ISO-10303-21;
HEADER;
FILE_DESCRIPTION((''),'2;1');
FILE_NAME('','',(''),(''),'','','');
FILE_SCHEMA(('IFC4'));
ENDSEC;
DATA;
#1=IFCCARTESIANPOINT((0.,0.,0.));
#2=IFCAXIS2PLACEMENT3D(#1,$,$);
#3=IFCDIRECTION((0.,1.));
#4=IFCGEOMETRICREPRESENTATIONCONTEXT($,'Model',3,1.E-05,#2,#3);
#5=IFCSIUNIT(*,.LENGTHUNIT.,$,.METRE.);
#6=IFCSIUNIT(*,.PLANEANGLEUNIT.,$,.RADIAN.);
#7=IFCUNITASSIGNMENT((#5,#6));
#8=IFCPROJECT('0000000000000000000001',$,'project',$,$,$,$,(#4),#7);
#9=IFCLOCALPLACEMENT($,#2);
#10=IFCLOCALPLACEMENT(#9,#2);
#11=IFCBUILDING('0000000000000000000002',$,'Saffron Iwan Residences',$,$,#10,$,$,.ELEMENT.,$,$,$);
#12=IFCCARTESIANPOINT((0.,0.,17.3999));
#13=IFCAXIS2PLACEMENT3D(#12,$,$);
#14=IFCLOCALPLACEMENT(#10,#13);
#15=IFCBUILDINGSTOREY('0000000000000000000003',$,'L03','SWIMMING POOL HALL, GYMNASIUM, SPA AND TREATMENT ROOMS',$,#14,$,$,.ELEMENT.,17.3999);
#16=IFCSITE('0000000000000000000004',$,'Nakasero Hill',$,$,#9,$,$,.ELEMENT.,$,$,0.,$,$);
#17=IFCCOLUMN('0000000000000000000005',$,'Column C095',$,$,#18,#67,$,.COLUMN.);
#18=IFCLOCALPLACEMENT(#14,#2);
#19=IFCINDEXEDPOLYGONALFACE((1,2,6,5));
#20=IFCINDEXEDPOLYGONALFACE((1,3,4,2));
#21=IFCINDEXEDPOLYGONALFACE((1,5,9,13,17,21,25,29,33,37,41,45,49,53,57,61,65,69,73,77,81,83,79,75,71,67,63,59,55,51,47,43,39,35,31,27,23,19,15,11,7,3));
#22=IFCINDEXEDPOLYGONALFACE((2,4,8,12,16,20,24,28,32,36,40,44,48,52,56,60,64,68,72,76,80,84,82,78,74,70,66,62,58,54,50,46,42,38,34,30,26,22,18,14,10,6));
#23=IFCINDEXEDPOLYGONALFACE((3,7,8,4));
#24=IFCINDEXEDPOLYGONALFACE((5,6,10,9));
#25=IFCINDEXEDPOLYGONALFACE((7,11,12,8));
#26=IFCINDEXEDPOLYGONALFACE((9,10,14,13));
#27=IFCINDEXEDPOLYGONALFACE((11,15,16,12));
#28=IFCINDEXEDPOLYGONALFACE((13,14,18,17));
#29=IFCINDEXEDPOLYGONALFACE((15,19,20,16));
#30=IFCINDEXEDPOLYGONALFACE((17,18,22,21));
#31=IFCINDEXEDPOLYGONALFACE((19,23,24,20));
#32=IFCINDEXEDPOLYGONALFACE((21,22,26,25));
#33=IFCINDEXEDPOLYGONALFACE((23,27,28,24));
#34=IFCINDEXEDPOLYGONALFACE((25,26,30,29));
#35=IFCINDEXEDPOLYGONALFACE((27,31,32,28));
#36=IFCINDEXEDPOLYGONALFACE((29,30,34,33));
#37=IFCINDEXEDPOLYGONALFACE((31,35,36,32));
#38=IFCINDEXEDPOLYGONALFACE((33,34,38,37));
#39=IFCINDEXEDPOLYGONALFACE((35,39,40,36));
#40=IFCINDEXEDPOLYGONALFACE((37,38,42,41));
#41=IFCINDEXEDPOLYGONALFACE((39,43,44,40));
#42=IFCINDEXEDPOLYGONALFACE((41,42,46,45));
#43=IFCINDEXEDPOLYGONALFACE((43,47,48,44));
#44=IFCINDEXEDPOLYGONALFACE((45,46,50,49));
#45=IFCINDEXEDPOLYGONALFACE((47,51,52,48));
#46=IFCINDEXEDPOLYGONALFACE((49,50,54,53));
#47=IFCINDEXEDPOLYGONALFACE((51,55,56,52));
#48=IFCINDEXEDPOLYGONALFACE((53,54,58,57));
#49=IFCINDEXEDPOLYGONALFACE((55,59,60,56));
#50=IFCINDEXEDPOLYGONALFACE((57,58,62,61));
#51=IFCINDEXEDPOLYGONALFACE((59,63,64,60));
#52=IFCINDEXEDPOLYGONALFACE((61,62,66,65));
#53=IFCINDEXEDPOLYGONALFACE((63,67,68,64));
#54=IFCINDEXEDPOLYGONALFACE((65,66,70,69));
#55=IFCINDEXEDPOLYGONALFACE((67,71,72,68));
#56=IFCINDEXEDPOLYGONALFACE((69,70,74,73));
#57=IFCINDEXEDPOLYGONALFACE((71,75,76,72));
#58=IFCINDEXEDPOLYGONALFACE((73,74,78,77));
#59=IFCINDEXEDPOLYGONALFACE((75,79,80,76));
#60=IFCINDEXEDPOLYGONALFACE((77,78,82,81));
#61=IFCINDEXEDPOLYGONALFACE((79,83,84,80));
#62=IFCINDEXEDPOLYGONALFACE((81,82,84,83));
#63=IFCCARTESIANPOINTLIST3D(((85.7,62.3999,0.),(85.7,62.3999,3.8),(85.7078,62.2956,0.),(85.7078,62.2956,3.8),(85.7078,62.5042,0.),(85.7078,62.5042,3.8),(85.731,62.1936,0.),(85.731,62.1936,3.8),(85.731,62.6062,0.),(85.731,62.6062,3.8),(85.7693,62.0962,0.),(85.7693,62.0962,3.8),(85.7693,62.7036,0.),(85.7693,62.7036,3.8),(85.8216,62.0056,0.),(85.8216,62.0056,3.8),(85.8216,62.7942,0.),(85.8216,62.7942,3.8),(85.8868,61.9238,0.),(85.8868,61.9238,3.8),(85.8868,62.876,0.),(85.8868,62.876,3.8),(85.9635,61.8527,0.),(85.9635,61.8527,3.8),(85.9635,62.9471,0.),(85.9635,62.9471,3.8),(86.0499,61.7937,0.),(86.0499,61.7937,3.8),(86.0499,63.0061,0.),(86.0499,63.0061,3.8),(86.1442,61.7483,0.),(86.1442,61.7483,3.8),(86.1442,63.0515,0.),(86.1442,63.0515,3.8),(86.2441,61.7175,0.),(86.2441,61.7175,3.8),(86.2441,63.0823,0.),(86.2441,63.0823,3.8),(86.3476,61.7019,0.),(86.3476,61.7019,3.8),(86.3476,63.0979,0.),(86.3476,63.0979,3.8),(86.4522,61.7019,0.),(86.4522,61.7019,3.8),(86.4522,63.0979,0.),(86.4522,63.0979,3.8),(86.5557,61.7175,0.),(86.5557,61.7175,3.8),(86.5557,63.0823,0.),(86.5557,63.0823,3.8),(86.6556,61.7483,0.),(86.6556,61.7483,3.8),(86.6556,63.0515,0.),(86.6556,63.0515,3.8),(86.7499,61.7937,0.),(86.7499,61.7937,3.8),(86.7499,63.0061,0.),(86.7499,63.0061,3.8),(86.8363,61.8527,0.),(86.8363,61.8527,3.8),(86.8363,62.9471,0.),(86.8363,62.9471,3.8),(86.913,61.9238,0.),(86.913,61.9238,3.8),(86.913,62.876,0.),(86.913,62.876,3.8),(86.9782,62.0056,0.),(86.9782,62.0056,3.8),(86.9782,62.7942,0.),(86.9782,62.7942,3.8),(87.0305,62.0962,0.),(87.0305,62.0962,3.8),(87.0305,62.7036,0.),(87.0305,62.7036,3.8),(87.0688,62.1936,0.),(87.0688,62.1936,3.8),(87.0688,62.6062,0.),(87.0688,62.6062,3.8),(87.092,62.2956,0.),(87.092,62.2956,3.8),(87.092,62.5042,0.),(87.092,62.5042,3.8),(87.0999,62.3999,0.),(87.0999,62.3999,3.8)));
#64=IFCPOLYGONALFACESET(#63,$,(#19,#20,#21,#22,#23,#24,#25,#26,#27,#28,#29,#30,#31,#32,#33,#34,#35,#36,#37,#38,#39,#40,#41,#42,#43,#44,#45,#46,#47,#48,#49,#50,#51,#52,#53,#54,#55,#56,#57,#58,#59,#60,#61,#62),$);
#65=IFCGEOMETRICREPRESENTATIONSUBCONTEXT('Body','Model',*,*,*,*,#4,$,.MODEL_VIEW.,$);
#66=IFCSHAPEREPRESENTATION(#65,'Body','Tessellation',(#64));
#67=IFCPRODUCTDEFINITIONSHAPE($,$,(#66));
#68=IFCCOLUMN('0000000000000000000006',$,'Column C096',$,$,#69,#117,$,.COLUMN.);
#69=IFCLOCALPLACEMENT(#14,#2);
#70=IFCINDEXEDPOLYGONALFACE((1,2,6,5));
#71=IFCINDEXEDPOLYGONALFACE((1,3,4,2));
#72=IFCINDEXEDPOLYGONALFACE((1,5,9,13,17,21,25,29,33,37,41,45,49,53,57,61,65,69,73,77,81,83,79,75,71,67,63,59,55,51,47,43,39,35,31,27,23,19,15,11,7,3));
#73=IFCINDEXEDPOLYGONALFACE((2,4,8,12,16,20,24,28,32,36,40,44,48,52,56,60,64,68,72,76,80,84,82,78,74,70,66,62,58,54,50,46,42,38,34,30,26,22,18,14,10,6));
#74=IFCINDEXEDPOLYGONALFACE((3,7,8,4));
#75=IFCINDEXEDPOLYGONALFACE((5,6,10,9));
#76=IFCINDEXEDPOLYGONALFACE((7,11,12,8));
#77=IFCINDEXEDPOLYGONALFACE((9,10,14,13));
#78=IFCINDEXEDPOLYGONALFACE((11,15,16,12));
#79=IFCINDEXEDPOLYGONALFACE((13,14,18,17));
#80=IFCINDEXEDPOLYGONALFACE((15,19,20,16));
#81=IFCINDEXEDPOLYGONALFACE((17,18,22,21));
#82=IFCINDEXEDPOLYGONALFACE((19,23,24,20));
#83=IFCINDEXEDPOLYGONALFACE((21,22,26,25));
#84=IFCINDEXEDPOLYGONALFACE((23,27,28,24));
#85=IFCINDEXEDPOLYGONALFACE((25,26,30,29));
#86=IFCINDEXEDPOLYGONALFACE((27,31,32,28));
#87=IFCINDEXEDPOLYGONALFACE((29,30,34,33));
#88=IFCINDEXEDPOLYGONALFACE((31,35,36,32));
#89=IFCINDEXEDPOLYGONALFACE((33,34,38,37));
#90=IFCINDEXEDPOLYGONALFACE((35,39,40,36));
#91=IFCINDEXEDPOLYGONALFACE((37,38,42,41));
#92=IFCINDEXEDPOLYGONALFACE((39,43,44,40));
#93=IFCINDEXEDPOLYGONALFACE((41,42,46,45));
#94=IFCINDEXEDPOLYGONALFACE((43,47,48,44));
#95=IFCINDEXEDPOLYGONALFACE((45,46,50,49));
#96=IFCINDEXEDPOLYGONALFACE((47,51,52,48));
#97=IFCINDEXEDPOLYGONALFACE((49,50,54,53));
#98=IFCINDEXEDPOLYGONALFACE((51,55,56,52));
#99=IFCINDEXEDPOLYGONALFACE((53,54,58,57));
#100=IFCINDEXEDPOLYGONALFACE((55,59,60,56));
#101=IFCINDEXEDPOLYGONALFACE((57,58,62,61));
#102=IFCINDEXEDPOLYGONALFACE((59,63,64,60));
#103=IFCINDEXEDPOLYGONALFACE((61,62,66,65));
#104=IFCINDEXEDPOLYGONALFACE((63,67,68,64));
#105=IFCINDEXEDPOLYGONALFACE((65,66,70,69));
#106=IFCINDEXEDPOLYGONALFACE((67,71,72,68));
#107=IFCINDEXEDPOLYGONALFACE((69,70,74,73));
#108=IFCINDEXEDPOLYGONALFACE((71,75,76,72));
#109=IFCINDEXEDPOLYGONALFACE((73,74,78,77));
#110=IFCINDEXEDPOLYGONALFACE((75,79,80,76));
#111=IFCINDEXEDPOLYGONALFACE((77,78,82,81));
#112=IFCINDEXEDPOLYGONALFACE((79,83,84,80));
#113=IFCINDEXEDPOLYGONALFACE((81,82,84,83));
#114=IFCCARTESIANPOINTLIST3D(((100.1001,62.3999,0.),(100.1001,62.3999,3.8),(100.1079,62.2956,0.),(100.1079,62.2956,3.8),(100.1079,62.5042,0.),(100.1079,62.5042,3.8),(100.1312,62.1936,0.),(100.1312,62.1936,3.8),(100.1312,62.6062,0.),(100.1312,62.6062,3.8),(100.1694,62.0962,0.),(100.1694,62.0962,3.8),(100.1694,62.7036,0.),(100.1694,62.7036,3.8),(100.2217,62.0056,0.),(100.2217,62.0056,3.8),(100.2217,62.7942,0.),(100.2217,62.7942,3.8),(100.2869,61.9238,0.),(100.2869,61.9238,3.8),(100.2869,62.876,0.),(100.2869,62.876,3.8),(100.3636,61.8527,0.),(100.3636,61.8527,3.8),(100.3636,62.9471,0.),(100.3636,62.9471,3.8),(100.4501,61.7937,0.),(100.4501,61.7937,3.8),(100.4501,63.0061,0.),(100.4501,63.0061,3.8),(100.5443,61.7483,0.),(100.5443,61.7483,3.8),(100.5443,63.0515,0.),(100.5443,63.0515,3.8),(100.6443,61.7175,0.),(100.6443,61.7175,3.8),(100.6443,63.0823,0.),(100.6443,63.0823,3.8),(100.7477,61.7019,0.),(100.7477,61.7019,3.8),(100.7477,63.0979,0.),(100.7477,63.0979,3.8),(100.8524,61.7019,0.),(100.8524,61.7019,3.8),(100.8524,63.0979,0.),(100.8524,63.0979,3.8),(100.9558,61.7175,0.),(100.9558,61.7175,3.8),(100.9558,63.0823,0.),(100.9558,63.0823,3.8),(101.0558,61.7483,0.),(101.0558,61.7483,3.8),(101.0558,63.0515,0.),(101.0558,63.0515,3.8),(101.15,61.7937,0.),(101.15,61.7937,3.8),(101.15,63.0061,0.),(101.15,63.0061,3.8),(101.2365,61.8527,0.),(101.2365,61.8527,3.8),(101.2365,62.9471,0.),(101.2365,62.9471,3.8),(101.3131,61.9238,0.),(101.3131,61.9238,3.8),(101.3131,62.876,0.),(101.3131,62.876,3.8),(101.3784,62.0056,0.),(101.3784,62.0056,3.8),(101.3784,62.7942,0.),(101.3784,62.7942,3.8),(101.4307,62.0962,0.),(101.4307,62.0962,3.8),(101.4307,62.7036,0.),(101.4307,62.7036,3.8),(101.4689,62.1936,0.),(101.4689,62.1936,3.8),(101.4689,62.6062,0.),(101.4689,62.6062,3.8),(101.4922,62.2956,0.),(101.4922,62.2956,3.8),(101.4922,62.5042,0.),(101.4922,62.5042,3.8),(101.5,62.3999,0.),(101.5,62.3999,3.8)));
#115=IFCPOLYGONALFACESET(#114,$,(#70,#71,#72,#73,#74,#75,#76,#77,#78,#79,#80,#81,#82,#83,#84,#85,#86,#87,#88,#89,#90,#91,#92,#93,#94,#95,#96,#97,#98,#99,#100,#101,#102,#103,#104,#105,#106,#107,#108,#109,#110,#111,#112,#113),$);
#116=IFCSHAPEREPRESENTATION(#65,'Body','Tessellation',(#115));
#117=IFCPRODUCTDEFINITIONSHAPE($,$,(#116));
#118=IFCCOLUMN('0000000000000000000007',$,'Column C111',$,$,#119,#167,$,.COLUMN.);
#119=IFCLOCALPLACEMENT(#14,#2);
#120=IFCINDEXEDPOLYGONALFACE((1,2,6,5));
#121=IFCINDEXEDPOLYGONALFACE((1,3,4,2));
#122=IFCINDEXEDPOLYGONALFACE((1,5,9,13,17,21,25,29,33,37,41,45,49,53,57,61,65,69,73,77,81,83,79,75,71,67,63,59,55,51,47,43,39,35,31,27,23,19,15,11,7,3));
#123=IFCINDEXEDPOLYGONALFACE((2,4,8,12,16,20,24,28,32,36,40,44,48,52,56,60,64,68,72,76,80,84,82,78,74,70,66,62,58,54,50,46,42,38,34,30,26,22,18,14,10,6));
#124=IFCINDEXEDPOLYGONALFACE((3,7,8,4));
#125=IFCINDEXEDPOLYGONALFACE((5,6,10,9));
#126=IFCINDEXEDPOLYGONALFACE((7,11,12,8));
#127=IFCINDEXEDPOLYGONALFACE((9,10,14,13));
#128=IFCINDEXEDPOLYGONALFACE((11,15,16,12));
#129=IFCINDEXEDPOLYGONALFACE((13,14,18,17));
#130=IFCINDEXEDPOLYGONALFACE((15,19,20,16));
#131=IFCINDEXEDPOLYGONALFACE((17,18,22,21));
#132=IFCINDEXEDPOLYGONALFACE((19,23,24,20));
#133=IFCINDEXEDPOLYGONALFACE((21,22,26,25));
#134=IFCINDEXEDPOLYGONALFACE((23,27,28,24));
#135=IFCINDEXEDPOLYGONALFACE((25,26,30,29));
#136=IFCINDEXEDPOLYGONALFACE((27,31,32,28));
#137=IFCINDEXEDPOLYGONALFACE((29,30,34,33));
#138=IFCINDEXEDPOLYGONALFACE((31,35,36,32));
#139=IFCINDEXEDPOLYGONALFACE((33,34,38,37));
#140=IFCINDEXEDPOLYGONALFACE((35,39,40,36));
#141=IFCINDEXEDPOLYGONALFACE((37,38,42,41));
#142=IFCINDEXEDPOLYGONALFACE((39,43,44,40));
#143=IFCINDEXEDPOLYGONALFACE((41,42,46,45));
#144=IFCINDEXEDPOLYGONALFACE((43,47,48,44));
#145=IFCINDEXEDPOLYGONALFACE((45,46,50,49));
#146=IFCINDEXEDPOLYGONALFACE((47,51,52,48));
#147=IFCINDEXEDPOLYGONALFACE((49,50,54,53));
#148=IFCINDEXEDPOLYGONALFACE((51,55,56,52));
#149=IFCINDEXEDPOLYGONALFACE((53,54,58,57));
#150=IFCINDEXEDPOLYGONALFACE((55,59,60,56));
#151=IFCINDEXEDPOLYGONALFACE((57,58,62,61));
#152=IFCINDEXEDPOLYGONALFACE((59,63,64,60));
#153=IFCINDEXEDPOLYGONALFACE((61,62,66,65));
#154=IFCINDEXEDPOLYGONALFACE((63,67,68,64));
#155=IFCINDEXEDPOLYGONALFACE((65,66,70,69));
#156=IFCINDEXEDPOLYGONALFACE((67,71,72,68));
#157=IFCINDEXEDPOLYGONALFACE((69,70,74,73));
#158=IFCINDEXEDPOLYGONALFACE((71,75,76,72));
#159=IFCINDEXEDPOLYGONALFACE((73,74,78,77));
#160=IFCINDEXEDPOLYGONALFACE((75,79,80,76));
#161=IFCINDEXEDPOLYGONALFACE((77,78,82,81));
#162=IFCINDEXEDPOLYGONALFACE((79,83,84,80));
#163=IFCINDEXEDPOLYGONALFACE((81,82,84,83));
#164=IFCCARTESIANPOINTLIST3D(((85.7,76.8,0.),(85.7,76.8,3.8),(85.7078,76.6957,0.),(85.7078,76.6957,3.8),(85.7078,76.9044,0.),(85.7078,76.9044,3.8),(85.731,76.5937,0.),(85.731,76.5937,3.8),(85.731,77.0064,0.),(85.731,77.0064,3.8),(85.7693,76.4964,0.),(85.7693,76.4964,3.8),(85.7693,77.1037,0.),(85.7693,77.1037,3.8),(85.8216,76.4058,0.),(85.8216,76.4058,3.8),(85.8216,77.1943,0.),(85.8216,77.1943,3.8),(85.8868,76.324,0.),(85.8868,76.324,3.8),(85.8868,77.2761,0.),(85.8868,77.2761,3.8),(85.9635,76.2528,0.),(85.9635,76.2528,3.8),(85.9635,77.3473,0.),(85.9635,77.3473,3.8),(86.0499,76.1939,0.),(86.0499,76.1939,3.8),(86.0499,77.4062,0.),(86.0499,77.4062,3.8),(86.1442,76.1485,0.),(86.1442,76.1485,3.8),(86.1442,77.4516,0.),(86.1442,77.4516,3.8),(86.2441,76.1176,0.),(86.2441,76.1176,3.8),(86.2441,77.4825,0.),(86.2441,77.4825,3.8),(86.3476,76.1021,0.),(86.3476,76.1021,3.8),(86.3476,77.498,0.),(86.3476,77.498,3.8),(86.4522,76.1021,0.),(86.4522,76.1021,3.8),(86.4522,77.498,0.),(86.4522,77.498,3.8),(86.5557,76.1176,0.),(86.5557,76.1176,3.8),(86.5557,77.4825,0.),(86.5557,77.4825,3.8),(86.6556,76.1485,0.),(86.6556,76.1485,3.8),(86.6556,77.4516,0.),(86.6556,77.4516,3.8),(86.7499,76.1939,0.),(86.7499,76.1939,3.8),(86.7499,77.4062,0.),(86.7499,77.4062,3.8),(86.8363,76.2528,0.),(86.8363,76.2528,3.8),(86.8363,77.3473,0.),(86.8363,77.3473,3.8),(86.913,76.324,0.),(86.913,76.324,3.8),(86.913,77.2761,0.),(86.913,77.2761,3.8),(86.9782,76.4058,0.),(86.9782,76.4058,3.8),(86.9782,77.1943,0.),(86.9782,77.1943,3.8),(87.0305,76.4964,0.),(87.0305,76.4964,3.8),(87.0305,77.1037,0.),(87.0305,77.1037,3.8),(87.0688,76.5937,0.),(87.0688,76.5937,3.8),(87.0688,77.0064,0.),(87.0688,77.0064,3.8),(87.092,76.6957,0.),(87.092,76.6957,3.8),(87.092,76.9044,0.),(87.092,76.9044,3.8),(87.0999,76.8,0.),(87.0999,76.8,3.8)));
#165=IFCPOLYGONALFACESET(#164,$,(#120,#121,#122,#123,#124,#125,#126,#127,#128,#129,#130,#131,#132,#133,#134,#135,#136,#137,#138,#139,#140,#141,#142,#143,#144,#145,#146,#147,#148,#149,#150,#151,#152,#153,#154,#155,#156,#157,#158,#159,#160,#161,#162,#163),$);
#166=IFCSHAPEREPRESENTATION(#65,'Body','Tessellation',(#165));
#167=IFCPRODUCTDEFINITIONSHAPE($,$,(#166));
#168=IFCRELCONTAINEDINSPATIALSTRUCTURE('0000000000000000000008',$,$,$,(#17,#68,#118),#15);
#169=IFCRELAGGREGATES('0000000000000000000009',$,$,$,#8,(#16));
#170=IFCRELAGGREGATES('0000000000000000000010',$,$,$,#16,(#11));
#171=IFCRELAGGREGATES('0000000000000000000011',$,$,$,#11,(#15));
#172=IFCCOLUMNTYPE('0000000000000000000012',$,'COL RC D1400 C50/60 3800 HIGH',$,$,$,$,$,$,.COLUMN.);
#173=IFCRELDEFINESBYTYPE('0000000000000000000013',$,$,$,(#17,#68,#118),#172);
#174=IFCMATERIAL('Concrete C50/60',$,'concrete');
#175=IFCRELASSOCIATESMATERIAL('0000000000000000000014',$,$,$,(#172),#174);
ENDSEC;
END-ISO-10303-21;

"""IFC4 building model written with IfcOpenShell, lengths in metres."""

from ifc_helpers import new_model, si_unit, direction, frame, origin, origin_2d, place, context, subcontext, project, spatial, circle, extrude, source, transform, mapped, material, material_profile, profile_set, type_object, element, save


model = new_model("IFC4")

# Units and contexts
model_context = context("Model", 3, precision=1e-05, world=origin(), true_north=direction((0.0, 1.0)))
body_context = subcontext(model_context, "Body", "Model", "MODEL_VIEW")
ifc_project = project(units=[si_unit("LENGTHUNIT", "METRE"), si_unit("PLANEANGLEUNIT", "RADIAN")], contexts=[model_context])

# Site, building, storey
site_placement = place(None, origin())
site = spatial("IfcSite", under=ifc_project, at=site_placement, Name="Nakasero Hill", CompositionType="ELEMENT", RefElevation=0.0)
building_placement = place(site_placement, origin())
building = spatial("IfcBuilding", under=site, at=building_placement, Name="Saffron Iwan Residences", CompositionType="ELEMENT")
storey_placement = place(building_placement, frame((0.0, 0.0, 17.3999)))
storey = spatial("IfcBuildingStorey", under=building, at=storey_placement, Name="L03", Description="SWIMMING POOL HALL, GYMNASIUM, SPA AND TREATMENT ROOMS", CompositionType="ELEMENT", Elevation=17.3999)

# Columns
ifc_material_1 = material(Name="Concrete C50/60", Category="concrete")
ifc_material_profile_1 = material_profile(ifc_material_1, circle(Radius=0.7, at=origin_2d()), Name="RC D1400")
ifc_profile_set_1 = profile_set([ifc_material_profile_1], Name="Concrete C50/60")
column_type = type_object("IfcColumnType", Name="COL RC D1400 C50/60 3800 HIGH", PredefinedType="COLUMN", material=ifc_profile_set_1)
shared_shape_1 = source(origin(), body_context, "Body", "SweptSolid", [
    extrude(circle(Radius=0.7, at=origin_2d()), origin(), (0.0, 0.0, 1.0), 3.8),
])
for number, where, z_axis, x_axis, name in (
    (1, (86.3999, 62.3999, 0.0), (0.0, 0.0, 1.0), (1.0, 0.0, 0.0), "Column C095"),
    (2, (100.8, 62.3999, 0.0), (0.0, 0.0, 1.0), (1.0, 0.0, 0.0), "Column C096"),
    (3, (86.3999, 76.8, 0.0), (0.0, 0.0, 1.0), (1.0, 0.0, 0.0), "Column C111"),
):
    element("IfcColumn", number, at=place(storey_placement, frame(where, z_axis=z_axis, x_axis=x_axis)), inside=storey, type_object=column_type, Name=name, PredefinedType="COLUMN", context=body_context, shape_type="MappedRepresentation", body=[
        mapped(shared_shape_1, transform((0.0, 0.0, 0.0))),
    ])

save(model, "model.ifc")
